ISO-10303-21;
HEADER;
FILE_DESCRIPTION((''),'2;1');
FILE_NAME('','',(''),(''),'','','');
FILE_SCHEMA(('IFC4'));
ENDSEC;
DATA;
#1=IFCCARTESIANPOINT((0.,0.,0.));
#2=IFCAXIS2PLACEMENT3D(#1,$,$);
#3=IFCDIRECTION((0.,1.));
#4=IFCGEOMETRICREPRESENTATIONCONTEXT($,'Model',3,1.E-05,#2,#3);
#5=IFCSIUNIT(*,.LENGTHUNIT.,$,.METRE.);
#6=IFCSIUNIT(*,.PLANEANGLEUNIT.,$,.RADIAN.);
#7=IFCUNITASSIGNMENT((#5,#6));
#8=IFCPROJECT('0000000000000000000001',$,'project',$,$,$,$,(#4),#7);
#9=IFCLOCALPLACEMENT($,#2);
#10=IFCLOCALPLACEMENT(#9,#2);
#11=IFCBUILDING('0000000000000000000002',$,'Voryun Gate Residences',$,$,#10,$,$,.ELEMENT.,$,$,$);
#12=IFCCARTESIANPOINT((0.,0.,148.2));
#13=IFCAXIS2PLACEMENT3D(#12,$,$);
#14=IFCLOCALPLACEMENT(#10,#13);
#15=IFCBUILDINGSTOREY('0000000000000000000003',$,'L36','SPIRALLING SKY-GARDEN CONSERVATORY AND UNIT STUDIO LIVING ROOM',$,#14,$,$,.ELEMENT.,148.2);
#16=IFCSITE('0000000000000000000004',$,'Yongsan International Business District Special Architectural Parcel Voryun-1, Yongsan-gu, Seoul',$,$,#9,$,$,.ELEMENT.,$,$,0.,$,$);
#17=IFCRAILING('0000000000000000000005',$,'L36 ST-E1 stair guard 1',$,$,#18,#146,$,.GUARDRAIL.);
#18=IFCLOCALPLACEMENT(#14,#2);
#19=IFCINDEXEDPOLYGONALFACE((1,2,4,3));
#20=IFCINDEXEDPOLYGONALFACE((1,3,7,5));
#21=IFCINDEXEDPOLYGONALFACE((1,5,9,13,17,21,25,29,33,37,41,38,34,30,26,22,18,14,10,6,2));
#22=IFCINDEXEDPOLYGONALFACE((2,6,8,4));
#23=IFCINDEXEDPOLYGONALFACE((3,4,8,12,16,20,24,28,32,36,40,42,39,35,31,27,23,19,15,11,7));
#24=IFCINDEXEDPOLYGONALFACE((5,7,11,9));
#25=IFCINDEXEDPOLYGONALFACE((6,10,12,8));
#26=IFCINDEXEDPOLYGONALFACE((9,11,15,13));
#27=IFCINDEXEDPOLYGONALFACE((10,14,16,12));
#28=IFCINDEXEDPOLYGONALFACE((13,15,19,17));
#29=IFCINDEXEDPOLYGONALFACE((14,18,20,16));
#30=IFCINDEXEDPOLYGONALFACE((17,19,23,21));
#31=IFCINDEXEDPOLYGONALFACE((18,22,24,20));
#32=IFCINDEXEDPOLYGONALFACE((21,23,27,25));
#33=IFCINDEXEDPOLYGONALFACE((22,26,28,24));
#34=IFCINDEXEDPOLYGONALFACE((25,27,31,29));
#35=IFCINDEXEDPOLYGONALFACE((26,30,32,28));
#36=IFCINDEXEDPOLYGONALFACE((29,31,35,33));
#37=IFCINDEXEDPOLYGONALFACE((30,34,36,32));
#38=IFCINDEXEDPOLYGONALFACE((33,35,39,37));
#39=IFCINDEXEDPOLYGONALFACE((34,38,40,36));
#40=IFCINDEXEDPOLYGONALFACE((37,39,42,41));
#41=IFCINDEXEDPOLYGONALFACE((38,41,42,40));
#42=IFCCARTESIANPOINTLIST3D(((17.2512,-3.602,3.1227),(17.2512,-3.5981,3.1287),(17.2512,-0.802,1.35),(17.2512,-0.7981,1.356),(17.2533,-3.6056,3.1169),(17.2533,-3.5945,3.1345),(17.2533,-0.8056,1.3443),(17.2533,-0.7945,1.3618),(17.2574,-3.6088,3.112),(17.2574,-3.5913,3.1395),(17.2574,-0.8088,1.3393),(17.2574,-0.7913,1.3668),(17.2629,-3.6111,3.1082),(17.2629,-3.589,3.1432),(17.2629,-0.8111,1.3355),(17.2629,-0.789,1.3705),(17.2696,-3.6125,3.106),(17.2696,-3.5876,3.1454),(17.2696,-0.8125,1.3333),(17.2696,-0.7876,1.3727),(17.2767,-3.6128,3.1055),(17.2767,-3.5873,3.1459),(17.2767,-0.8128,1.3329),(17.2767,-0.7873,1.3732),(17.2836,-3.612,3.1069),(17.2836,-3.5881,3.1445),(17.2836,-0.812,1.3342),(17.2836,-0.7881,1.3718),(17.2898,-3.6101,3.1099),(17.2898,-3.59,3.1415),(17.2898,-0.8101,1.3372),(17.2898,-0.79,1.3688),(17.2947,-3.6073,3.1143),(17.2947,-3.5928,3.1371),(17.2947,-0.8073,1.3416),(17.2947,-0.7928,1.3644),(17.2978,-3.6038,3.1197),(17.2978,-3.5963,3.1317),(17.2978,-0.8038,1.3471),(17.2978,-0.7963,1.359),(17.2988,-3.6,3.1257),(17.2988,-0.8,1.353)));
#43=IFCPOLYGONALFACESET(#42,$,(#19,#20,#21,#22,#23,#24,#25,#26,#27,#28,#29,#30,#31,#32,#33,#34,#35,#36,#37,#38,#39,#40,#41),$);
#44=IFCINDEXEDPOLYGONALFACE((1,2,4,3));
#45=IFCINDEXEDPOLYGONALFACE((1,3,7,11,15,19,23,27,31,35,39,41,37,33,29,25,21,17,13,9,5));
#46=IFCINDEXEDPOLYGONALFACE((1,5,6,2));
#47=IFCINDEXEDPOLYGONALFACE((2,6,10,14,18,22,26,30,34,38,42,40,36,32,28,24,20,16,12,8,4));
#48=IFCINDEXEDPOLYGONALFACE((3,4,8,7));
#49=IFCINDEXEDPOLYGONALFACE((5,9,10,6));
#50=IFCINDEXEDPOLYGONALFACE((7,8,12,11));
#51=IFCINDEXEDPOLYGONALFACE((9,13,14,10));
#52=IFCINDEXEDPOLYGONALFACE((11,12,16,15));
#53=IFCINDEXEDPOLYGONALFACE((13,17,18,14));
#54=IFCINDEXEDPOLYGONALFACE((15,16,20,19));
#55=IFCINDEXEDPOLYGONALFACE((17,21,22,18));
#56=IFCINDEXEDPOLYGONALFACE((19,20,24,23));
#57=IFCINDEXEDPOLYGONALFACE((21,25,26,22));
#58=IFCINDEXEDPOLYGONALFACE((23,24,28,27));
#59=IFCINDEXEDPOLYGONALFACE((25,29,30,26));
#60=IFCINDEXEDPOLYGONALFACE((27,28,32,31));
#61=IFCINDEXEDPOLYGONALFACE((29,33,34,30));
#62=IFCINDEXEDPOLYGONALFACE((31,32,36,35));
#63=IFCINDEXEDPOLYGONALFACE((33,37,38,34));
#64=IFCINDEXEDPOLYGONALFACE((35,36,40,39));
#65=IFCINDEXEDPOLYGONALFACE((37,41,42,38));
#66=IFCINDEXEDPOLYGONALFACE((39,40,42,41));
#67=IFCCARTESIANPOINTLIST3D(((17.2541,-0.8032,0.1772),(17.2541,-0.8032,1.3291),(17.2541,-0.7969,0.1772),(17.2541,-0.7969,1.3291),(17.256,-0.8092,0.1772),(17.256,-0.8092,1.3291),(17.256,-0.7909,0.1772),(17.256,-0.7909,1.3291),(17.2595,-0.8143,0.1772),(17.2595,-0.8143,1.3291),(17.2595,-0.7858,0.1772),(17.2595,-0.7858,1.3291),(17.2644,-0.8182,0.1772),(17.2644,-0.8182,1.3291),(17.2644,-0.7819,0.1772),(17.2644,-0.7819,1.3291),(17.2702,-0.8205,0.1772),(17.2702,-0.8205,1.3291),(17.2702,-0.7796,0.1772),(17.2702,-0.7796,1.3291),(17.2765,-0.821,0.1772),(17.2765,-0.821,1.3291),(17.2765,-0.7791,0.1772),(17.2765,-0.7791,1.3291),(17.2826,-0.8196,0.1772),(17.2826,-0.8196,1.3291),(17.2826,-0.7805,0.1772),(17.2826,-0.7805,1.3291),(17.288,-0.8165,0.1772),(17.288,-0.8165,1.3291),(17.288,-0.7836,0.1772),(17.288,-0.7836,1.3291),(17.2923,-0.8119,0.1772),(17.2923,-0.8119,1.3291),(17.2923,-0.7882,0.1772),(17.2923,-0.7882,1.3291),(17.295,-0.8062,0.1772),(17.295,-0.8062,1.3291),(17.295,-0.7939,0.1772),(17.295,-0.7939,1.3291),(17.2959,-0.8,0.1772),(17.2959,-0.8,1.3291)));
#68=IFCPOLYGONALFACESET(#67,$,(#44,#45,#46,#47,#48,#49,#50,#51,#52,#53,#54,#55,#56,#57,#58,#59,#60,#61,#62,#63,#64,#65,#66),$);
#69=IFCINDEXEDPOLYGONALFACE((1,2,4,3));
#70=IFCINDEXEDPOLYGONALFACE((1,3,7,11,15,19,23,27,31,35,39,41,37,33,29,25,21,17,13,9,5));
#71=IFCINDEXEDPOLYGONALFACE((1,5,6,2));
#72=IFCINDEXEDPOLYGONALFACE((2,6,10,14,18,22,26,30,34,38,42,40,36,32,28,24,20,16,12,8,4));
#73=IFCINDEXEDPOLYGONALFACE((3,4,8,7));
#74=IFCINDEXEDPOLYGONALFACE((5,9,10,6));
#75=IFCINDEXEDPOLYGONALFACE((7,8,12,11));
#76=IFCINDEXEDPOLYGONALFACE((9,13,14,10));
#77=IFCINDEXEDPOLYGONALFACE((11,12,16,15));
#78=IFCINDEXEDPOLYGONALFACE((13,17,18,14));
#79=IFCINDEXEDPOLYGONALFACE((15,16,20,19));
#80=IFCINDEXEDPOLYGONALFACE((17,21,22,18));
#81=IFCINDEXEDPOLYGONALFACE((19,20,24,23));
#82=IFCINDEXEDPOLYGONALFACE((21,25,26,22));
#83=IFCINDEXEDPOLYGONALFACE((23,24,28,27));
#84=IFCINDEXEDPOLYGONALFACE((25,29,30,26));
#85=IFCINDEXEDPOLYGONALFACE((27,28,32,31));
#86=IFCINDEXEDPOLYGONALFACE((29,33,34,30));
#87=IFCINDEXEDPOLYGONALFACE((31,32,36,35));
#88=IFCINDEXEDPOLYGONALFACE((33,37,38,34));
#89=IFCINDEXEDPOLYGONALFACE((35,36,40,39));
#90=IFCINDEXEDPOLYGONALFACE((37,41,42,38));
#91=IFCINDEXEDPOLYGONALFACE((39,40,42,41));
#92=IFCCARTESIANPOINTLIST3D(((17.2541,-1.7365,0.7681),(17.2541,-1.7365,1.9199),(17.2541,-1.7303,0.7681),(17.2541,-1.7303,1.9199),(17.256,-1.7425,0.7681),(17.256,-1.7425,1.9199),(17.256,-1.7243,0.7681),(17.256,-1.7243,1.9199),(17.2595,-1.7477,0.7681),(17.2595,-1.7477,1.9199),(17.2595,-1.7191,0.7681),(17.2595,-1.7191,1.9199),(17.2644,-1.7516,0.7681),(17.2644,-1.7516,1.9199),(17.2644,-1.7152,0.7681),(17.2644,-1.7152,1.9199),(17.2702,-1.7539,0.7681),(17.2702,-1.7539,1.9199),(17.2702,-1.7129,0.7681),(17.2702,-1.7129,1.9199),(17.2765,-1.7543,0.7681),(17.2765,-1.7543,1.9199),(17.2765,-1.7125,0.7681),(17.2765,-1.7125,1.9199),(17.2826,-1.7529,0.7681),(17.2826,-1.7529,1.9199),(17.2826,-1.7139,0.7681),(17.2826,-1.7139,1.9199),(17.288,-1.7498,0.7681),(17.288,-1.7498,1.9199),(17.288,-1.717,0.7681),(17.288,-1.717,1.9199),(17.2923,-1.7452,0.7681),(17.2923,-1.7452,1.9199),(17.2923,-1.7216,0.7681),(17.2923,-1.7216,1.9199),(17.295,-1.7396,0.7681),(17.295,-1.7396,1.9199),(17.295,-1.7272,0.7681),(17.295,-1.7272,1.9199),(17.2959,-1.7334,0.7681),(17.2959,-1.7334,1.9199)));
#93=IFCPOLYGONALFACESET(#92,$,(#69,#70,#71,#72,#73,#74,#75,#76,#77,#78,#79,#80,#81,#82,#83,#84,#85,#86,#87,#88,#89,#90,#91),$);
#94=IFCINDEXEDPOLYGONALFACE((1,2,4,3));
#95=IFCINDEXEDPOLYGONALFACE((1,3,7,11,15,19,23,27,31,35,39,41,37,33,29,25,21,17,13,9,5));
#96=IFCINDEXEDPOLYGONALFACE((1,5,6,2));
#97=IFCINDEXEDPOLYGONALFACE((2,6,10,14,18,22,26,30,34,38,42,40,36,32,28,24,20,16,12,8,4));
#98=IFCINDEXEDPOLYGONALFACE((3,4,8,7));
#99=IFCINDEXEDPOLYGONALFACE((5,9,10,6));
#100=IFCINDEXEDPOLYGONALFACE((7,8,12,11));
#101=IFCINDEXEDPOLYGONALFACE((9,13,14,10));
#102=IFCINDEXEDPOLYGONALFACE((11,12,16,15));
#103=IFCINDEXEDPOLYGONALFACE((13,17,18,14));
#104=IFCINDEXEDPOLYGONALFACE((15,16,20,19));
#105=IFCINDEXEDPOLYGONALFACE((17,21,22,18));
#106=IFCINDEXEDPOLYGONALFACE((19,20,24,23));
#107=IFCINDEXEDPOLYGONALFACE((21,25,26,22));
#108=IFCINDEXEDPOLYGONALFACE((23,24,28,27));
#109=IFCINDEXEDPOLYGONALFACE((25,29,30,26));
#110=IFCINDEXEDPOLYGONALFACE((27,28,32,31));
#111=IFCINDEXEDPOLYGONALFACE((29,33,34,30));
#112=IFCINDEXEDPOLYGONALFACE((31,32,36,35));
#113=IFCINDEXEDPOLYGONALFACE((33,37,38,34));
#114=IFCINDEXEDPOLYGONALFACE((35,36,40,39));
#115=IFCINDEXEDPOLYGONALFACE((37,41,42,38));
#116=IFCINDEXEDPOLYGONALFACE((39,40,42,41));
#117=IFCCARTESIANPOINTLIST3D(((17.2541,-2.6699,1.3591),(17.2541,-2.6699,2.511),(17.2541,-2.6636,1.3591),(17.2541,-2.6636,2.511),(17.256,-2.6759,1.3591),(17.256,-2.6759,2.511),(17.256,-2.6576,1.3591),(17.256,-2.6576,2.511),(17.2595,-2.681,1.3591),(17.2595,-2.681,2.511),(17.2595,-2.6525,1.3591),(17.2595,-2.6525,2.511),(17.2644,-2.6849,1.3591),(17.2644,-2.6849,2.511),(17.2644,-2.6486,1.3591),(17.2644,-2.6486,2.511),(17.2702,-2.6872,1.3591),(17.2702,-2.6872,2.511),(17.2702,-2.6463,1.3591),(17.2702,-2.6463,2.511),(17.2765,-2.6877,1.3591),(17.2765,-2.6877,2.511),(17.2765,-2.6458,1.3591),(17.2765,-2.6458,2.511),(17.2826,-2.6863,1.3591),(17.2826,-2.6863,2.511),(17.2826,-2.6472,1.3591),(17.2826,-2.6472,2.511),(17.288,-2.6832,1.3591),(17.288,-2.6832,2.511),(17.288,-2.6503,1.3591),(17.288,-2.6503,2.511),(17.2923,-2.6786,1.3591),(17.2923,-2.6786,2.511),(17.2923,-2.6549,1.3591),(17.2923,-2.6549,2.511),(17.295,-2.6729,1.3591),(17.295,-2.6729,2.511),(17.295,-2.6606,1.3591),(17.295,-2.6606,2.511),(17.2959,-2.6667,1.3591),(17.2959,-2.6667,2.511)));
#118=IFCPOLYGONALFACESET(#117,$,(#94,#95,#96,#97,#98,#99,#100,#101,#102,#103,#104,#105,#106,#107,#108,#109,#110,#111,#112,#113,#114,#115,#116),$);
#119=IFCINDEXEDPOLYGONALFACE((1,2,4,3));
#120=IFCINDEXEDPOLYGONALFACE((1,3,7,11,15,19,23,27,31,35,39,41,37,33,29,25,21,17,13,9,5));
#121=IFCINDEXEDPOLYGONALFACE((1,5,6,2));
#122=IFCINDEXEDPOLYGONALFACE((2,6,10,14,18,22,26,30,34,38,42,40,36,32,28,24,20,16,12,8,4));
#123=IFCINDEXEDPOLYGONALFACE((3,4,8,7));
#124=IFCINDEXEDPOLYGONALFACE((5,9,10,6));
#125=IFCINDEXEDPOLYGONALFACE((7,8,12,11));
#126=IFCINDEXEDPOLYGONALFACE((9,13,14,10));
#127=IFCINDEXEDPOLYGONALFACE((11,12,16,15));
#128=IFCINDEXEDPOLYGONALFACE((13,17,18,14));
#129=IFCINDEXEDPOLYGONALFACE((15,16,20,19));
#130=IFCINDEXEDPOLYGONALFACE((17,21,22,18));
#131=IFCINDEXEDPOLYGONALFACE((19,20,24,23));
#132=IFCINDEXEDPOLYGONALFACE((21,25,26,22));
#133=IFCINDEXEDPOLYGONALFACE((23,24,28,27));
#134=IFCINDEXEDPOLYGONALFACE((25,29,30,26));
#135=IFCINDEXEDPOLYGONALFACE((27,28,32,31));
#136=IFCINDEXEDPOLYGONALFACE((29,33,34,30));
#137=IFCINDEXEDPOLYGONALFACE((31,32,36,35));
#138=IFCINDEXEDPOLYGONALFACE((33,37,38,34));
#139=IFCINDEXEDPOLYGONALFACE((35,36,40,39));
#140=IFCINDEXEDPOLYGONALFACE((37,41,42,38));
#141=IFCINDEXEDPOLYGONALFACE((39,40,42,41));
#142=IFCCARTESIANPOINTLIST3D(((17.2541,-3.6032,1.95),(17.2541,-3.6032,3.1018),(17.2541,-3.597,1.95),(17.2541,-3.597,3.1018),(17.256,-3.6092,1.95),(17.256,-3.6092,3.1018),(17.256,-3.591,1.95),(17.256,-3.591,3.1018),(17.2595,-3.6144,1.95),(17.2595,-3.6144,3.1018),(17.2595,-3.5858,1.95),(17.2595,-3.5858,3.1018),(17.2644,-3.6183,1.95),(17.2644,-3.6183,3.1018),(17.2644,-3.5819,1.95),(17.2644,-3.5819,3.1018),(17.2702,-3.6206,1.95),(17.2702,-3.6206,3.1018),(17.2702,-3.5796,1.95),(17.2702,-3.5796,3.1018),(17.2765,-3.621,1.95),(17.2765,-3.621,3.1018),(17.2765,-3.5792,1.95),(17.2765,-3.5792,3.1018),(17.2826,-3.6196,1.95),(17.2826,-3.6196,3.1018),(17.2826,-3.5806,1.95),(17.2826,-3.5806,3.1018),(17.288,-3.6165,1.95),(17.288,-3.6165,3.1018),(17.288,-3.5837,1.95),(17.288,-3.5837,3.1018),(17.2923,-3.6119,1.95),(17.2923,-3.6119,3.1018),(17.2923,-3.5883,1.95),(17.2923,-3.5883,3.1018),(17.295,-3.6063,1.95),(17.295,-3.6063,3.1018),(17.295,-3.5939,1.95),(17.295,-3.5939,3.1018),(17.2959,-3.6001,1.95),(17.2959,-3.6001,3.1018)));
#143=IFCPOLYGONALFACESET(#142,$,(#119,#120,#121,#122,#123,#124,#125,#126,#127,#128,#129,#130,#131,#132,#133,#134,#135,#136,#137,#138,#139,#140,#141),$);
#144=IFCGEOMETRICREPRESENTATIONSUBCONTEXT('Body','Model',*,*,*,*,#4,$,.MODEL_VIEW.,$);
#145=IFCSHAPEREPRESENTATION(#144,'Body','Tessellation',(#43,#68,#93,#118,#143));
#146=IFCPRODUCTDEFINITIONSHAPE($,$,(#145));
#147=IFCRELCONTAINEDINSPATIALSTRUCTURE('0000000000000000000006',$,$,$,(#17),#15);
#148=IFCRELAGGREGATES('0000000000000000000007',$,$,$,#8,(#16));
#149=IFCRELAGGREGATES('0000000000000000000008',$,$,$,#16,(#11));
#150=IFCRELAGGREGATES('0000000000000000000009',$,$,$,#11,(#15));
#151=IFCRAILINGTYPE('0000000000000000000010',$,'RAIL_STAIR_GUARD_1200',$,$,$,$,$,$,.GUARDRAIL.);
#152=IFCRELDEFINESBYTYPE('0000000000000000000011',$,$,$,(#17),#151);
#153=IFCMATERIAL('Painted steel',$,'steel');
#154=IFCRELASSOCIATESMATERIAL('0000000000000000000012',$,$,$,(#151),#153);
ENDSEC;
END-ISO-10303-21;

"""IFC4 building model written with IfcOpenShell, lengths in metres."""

from ifc_helpers import new_model, si_unit, direction, frame, origin, origin_2d, place, context, subcontext, project, spatial, circle, extrude, material, type_object, element, save


model = new_model("IFC4")

# Units and contexts
model_context = context("Model", 3, precision=1e-05, world=origin(), true_north=direction((0.0, 1.0)))
body_context = subcontext(model_context, "Body", "Model", "MODEL_VIEW")
ifc_project = project(units=[si_unit("LENGTHUNIT", "METRE"), si_unit("PLANEANGLEUNIT", "RADIAN")], contexts=[model_context])

# Site, building, storey
site_placement = place(None, origin())
site = spatial("IfcSite", under=ifc_project, at=site_placement, Name="Yongsan International Business District Special Architectural Parcel Voryun-1, Yongsan-gu, Seoul", CompositionType="ELEMENT", RefElevation=0.0)
building_placement = place(site_placement, origin())
building = spatial("IfcBuilding", under=site, at=building_placement, Name="Voryun Gate Residences", CompositionType="ELEMENT")
storey_placement = place(building_placement, frame((0.0, 0.0, 148.2)))
storey = spatial("IfcBuildingStorey", under=building, at=storey_placement, Name="L36", Description="SPIRALLING SKY-GARDEN CONSERVATORY AND UNIT STUDIO LIVING ROOM", CompositionType="ELEMENT", Elevation=148.2)

# Railing
ifc_material_1 = material(Name="Painted steel", Category="steel")
railing_type_1 = type_object("IfcRailingType", Name="RAIL_STAIR_GUARD_1200", PredefinedType="GUARDRAIL", material=ifc_material_1)
railing_1_placement = place(storey_placement, frame((17.2749, -0.8, 0.1772)))
element("IfcRailing", 1, at=railing_1_placement, inside=storey, type_object=railing_type_1, Name="L36 ST-E1 stair guard 1", PredefinedType="GUARDRAIL", context=body_context, shape_type="SweptSolid", body=[
    extrude(circle(Radius=0.0239, at=origin_2d()), frame((0.0, 0.0, 1.1758), z_axis=(0.0, -0.844909, 0.53491), x_axis=(1.0, 0.0, 0.0)), (0.0, 0.0, 1.0), 3.314),
    extrude(circle(Radius=0.021, at=origin_2d()), origin(), (0.0, 0.0, 1.0), 1.1519),
    extrude(circle(Radius=0.021, at=origin_2d()), frame((0.0, -0.9333, 0.5908)), (0.0, 0.0, 1.0), 1.1519),
    extrude(circle(Radius=0.021, at=origin_2d()), frame((0.0, -1.8667, 1.1819)), (0.0, 0.0, 1.0), 1.1519),
    extrude(circle(Radius=0.021, at=origin_2d()), frame((0.0, -2.8, 1.7727)), (0.0, 0.0, 1.0), 1.1519),
])

save(model, "model.ifc")
